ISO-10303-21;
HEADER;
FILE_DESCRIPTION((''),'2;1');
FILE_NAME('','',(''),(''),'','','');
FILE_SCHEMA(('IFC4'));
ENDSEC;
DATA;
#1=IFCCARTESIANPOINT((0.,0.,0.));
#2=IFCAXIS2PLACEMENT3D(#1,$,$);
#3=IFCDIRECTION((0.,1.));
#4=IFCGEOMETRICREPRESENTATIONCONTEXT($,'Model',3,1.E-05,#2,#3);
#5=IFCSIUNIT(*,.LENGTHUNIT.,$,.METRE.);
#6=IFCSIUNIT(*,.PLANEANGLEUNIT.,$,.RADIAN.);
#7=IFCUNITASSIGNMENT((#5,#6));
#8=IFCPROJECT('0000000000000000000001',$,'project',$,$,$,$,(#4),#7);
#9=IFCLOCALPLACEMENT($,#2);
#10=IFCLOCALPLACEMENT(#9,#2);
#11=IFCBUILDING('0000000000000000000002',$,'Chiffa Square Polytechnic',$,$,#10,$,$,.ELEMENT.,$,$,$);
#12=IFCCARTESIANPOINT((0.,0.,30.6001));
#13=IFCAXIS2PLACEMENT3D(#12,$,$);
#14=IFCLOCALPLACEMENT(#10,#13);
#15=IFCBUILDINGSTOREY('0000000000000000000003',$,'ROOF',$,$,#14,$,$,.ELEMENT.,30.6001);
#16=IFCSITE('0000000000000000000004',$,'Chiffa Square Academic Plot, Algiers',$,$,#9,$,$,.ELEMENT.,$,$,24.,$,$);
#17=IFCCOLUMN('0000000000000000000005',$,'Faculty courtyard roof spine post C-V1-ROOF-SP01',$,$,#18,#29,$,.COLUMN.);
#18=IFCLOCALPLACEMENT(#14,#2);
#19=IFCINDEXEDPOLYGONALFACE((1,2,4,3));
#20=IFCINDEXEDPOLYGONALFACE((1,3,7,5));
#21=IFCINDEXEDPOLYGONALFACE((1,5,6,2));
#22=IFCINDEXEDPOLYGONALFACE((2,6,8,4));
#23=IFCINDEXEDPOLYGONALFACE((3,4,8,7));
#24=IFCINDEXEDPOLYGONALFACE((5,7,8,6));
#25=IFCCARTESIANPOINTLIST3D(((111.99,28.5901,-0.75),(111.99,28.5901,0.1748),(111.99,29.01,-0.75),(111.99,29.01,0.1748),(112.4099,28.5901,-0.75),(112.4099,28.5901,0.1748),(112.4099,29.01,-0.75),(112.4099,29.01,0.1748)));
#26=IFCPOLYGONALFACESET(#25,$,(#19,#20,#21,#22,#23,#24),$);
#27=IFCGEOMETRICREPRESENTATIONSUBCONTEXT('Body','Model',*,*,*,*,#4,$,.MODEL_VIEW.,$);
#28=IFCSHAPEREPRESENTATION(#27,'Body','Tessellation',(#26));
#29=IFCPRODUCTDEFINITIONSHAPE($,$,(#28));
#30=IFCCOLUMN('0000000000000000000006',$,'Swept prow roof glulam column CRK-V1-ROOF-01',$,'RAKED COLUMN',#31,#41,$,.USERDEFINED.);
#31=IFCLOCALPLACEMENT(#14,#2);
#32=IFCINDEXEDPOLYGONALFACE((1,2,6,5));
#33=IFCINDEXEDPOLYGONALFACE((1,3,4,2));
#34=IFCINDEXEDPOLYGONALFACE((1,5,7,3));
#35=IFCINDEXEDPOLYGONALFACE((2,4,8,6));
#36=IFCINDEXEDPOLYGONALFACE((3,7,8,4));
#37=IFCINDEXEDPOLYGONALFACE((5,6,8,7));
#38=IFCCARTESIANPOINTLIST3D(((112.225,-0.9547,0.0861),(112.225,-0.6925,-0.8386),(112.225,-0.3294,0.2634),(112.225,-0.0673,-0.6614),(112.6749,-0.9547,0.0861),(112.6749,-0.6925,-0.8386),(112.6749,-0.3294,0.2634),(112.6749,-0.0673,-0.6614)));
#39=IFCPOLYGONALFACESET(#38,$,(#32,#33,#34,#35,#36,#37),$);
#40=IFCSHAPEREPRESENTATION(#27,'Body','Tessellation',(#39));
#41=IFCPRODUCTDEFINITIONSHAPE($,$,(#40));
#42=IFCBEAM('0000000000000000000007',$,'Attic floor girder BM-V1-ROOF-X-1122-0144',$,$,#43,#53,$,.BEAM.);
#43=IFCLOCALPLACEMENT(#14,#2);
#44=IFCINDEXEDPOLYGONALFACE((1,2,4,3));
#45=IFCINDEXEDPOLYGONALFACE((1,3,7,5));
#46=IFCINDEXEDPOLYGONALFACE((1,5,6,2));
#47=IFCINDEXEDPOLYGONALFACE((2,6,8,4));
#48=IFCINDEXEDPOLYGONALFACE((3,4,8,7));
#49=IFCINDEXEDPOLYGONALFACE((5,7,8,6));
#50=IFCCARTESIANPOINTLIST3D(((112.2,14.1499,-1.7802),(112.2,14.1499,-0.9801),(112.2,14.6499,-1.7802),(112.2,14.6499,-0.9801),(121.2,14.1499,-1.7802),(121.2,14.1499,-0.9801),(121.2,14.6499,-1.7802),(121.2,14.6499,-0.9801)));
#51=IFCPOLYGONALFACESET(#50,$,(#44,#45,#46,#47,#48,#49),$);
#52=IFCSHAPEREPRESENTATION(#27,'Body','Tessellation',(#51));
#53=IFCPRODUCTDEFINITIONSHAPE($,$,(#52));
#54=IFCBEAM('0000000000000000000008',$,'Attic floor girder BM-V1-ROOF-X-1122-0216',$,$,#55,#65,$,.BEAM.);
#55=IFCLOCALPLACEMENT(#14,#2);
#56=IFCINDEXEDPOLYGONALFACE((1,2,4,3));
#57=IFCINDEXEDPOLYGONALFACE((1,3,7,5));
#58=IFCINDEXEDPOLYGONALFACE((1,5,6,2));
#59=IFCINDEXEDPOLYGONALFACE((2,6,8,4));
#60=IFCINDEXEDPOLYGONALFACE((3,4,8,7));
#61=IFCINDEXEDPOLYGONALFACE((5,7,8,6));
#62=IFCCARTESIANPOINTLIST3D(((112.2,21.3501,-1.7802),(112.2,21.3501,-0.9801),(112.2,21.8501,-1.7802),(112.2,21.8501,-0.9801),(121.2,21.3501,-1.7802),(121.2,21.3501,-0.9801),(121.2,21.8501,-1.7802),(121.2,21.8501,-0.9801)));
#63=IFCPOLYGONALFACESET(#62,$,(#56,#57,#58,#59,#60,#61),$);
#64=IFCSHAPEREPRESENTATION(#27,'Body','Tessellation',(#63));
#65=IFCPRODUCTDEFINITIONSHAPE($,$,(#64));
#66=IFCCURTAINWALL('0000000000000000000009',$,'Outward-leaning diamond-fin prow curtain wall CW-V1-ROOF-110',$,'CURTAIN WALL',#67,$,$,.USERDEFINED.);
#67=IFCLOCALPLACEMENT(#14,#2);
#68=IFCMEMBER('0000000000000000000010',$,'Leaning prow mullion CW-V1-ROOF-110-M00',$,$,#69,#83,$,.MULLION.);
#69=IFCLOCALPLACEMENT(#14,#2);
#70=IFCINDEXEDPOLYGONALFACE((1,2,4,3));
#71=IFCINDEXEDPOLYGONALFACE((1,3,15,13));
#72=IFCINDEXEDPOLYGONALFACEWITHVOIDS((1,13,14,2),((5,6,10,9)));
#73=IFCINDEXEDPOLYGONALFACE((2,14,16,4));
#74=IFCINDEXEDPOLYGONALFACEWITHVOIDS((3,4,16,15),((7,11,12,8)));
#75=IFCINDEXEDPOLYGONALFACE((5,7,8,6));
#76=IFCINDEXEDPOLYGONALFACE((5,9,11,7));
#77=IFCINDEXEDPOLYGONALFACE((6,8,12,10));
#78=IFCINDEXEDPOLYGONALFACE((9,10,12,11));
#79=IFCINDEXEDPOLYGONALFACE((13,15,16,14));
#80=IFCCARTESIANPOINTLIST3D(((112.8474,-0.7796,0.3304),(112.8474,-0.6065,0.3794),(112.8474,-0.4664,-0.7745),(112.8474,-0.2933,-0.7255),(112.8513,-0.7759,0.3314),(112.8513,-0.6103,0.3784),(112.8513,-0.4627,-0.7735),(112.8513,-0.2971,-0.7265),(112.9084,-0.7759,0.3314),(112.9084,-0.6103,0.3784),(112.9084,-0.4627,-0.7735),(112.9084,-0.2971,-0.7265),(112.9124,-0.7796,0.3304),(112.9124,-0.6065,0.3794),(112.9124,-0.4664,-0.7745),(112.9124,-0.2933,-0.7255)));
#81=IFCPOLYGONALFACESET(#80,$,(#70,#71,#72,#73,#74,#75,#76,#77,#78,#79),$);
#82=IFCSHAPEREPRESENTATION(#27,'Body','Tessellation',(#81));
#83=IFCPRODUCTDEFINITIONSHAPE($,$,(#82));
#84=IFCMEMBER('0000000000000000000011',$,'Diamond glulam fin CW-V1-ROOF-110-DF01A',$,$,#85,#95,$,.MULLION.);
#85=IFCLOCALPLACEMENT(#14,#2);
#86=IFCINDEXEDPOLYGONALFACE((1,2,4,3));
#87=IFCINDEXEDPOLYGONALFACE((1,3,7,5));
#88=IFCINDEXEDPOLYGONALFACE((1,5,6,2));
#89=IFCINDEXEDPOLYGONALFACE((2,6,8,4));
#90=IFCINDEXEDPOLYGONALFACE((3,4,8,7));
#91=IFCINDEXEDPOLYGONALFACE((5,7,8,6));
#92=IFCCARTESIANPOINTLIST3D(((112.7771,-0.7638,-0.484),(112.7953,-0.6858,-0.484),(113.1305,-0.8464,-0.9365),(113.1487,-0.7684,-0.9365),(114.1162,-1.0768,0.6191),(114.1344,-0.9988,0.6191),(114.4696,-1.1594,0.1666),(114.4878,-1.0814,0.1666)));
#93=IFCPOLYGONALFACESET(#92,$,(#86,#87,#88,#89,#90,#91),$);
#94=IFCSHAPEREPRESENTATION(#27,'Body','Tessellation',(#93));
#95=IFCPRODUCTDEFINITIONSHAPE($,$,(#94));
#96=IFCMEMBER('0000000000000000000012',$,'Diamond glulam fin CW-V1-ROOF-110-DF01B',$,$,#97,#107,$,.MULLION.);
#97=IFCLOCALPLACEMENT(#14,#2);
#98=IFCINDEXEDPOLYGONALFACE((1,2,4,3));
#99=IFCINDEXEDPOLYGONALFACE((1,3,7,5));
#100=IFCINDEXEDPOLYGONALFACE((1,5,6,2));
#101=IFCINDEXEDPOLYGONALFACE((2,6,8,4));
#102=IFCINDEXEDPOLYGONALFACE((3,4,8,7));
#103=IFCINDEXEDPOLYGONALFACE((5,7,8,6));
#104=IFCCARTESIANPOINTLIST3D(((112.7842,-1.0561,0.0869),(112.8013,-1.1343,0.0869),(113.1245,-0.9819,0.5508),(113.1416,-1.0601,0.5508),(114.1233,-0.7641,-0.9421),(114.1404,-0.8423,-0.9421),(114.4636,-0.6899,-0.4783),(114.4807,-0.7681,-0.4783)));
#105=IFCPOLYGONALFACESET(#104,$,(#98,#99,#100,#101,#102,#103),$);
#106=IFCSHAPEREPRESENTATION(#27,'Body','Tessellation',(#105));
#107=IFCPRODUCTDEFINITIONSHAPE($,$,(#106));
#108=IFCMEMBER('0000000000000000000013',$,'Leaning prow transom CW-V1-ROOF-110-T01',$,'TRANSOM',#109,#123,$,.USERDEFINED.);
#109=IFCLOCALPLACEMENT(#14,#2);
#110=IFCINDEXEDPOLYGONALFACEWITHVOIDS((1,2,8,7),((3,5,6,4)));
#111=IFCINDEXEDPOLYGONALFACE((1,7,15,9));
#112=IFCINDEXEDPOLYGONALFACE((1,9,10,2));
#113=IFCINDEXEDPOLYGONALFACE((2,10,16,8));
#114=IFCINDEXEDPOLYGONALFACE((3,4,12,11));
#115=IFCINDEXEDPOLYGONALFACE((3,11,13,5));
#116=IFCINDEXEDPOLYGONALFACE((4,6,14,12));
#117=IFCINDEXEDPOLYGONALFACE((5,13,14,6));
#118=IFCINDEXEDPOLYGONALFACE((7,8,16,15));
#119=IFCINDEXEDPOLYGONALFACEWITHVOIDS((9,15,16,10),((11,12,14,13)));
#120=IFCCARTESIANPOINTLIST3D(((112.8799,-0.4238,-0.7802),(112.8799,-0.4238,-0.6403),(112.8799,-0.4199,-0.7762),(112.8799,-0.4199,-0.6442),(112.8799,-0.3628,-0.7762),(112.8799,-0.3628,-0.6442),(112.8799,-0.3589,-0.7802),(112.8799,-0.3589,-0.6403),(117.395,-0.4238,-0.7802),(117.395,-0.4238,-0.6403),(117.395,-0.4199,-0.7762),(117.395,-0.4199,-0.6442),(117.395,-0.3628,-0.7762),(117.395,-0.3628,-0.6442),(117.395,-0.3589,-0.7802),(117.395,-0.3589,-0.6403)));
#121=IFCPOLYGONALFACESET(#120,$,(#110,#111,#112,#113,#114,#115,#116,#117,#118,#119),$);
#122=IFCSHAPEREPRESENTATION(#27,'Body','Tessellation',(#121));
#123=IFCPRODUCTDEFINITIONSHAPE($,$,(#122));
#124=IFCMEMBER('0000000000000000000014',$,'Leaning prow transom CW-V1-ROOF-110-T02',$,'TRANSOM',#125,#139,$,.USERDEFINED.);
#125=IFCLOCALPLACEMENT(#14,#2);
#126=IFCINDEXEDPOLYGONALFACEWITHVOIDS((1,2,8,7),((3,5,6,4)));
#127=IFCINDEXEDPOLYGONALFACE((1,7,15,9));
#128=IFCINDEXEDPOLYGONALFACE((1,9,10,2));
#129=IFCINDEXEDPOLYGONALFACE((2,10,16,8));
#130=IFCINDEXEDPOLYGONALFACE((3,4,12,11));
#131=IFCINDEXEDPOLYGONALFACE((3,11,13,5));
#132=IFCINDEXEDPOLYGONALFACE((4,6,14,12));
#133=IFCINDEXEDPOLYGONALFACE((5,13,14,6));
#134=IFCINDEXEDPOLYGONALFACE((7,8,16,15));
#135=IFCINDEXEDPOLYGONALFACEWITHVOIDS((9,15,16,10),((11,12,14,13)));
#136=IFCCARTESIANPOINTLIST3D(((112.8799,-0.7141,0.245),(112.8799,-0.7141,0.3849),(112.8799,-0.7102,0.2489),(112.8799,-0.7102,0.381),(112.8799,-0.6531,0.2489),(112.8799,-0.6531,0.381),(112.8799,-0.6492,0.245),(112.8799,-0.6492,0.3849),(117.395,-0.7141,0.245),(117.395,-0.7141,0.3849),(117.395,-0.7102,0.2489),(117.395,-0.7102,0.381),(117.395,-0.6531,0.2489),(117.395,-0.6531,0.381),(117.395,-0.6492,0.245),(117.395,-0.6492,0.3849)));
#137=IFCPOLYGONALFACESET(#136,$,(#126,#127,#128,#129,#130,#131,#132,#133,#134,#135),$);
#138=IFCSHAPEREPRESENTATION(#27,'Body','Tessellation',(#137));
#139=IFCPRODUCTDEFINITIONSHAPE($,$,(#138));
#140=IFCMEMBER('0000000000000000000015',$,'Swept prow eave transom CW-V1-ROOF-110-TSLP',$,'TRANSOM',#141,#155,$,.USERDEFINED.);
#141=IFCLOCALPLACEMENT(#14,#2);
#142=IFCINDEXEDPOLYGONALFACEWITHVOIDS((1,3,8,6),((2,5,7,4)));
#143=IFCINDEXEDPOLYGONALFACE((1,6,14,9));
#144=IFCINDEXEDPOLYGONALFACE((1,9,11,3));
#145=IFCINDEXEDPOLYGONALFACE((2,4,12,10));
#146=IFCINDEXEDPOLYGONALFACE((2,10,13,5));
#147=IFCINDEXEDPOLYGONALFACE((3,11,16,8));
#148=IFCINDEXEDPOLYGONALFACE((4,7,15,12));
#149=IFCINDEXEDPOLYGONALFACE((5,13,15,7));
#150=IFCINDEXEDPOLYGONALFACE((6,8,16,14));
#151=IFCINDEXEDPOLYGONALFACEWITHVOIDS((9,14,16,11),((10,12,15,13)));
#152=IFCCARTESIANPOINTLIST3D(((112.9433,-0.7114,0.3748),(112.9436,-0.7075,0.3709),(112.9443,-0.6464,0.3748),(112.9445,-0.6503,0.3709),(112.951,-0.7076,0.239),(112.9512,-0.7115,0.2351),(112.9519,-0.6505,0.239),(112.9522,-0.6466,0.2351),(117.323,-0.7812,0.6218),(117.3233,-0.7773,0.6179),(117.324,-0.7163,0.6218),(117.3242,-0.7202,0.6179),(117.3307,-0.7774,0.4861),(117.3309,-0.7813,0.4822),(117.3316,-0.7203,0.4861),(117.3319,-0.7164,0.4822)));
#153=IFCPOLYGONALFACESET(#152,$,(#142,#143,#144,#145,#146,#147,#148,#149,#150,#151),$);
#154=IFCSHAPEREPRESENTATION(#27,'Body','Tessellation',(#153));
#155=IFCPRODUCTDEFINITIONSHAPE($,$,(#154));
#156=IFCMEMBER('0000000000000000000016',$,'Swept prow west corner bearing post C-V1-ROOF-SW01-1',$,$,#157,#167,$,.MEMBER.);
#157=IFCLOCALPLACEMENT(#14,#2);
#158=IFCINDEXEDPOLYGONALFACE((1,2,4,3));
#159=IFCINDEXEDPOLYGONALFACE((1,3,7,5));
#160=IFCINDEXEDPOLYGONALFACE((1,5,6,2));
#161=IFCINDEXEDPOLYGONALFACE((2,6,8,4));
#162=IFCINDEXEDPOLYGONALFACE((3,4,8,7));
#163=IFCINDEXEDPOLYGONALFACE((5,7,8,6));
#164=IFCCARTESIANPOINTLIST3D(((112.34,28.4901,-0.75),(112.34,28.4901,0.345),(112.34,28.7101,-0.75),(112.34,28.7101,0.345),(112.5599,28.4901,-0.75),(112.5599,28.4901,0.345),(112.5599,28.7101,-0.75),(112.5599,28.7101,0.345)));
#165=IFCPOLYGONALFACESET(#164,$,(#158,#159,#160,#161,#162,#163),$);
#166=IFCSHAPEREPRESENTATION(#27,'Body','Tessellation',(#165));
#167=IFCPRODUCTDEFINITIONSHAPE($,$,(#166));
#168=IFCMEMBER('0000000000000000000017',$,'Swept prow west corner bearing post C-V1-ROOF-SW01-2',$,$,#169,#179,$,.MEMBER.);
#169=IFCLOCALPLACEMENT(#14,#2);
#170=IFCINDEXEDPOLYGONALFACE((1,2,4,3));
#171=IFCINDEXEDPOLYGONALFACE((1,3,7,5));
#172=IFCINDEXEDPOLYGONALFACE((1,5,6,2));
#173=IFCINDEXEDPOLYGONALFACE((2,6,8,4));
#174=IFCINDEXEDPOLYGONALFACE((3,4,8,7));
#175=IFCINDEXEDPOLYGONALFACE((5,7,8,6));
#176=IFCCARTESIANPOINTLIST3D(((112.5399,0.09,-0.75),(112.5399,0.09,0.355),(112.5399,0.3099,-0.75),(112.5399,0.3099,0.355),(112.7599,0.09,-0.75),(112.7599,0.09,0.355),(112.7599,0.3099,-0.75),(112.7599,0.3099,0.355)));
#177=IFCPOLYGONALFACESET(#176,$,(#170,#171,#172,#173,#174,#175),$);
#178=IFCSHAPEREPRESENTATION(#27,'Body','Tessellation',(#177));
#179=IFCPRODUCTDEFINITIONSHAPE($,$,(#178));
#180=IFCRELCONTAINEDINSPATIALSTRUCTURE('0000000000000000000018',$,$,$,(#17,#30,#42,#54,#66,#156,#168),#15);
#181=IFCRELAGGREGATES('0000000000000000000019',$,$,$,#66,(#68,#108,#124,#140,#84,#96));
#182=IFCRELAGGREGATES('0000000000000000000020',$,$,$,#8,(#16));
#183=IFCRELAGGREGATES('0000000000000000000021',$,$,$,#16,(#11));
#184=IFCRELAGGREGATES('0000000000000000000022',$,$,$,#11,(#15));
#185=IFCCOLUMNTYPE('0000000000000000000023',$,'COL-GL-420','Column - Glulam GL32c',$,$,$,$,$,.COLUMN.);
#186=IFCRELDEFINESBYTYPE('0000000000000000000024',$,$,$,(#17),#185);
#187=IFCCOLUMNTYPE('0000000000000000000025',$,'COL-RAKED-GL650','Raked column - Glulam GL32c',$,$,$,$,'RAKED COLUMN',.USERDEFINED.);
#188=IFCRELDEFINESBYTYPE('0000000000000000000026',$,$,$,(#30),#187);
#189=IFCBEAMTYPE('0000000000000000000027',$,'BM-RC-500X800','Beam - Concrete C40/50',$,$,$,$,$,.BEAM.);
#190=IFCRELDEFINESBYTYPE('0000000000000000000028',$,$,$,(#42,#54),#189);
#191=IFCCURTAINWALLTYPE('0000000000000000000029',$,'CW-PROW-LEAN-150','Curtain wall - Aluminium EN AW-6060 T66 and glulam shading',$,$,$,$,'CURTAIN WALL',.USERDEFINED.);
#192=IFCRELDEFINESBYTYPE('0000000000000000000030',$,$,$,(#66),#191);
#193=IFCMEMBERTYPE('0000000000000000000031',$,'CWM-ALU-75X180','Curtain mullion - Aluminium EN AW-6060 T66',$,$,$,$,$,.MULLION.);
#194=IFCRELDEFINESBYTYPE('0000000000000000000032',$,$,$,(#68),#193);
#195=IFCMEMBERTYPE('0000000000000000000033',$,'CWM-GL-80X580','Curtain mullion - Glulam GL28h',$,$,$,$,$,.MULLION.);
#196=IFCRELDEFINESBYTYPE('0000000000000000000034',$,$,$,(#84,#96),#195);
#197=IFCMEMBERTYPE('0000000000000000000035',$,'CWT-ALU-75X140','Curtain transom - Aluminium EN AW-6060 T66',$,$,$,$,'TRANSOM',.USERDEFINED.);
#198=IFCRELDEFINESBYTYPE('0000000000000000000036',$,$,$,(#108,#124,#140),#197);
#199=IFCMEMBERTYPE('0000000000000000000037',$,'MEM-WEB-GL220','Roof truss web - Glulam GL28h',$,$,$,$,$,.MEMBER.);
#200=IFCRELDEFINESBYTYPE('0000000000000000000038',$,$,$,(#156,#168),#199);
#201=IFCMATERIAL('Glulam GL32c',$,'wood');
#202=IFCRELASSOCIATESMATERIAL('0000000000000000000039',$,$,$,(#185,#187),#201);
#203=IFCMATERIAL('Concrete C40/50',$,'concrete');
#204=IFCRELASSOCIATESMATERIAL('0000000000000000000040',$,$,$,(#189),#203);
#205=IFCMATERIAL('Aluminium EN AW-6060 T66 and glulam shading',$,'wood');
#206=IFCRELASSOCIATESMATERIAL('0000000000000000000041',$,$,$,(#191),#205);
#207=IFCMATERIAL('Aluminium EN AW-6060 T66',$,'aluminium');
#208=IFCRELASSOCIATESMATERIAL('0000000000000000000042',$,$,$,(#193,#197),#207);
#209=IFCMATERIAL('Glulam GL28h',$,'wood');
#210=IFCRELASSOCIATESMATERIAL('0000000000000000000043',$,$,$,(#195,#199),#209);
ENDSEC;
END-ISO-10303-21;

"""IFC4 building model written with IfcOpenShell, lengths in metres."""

from ifc_helpers import new_model, si_unit, direction, frame, origin, origin_2d, place, context, subcontext, project, spatial, rectangle, hollow_rectangle, extrude, material, material_profile, profile_set, type_object, element, aggregate, save


model = new_model("IFC4")

# Units and contexts
model_context = context("Model", 3, precision=1e-05, world=origin(), true_north=direction((0.0, 1.0)))
body_context = subcontext(model_context, "Body", "Model", "MODEL_VIEW")
ifc_project = project(units=[si_unit("LENGTHUNIT", "METRE"), si_unit("PLANEANGLEUNIT", "RADIAN")], contexts=[model_context])

# Site, building, storey
site_placement = place(None, origin())
site = spatial("IfcSite", under=ifc_project, at=site_placement, Name="Chiffa Square Academic Plot, Algiers", CompositionType="ELEMENT", RefElevation=24.0)
building_placement = place(site_placement, origin())
building = spatial("IfcBuilding", under=site, at=building_placement, Name="Chiffa Square Polytechnic", CompositionType="ELEMENT")
storey_placement = place(building_placement, frame((0.0, 0.0, 30.6001)))
storey = spatial("IfcBuildingStorey", under=building, at=storey_placement, Name="ROOF", CompositionType="ELEMENT", Elevation=30.6001)

# Columns
ifc_material_1 = material(Name="Glulam GL32c", Category="wood")
ifc_material_profile_1 = material_profile(ifc_material_1, rectangle(XDim=0.4199, YDim=0.4199, at=origin_2d()), Name="GL32c 420x420")
ifc_profile_set_1 = profile_set([ifc_material_profile_1], Name="Glulam GL32c")
column_type_1 = type_object("IfcColumnType", Name="COL-GL-420", Description="Column - Glulam GL32c", PredefinedType="COLUMN", material=ifc_profile_set_1)
column_1_placement = place(storey_placement, frame((112.2, 28.8, -0.75), z_axis=(0.0, 0.0, 1.0), x_axis=(1.0, 0.0, 0.0)))
element("IfcColumn", 1, at=column_1_placement, inside=storey, type_object=column_type_1, Name="Faculty courtyard roof spine post C-V1-ROOF-SP01", PredefinedType="COLUMN", context=body_context, shape_type="SweptSolid", body=[
    extrude(rectangle(XDim=0.4199, YDim=0.4199, at=origin_2d()), origin(), (0.0, 0.0, 1.0), 0.9248),
])
ifc_material_profile_2 = material_profile(ifc_material_1, rectangle(XDim=0.45, YDim=0.6499, at=origin_2d()), Name="GL32c 450x650")
ifc_profile_set_2 = profile_set([ifc_material_profile_2], Name="Glulam GL32c")
column_type_2 = type_object("IfcColumnType", Name="COL-RAKED-GL650", Description="Raked column - Glulam GL32c", ElementType="RAKED COLUMN", PredefinedType="USERDEFINED", material=ifc_profile_set_2)
column_2_placement = place(storey_placement, frame((112.45, -0.3799, -0.75), z_axis=(0.0, -0.272775, 0.962078), x_axis=(1.0, 0.0, 0.0)))
element("IfcColumn", 2, at=column_2_placement, inside=storey, type_object=column_type_2, Name="Swept prow roof glulam column CRK-V1-ROOF-01", ObjectType="RAKED COLUMN", PredefinedType="USERDEFINED", context=body_context, shape_type="SweptSolid", body=[
    extrude(rectangle(XDim=0.45, YDim=0.6499, at=origin_2d()), origin(), (0.0, 0.0, 1.0), 0.9612),
])

# Beams
ifc_material_2 = material(Name="Concrete C40/50", Category="concrete")
ifc_material_profile_3 = material_profile(ifc_material_2, rectangle(XDim=0.5, YDim=0.8, at=origin_2d()), Name="RC 500x800")
ifc_profile_set_3 = profile_set([ifc_material_profile_3], Name="Concrete C40/50")
beam_type_1 = type_object("IfcBeamType", Name="BM-RC-500X800", Description="Beam - Concrete C40/50", PredefinedType="BEAM", material=ifc_profile_set_3)
for number, where, z_axis, x_axis, name in (
    (3, (112.2, 14.3999, -1.3801), (1.0, 0.0, 0.0), (0.0, 1.0, 0.0), "Attic floor girder BM-V1-ROOF-X-1122-0144"),
    (4, (112.2, 21.6001, -1.3801), (1.0, 0.0, 0.0), (0.0, 1.0, 0.0), "Attic floor girder BM-V1-ROOF-X-1122-0216"),
):
    element("IfcBeam", number, at=place(storey_placement, frame(where, z_axis=z_axis, x_axis=x_axis)), inside=storey, type_object=beam_type_1, Name=name, PredefinedType="BEAM", context=body_context, shape_type="SweptSolid", body=[
        extrude(rectangle(XDim=0.5, YDim=0.8, at=origin_2d()), origin(), (0.0, 0.0, 1.0), 9.0),
    ])

# Curtain wall, members
ifc_material_3 = material(Name="Aluminium EN AW-6060 T66 and glulam shading", Category="wood")
curtain_wall_type = type_object("IfcCurtainWallType", Name="CW-PROW-LEAN-150", Description="Curtain wall - Aluminium EN AW-6060 T66 and glulam shading", ElementType="CURTAIN WALL", PredefinedType="USERDEFINED", material=ifc_material_3)
curtain_wall_placement = place(storey_placement, origin())
curtain_wall = element("IfcCurtainWall", 5, at=curtain_wall_placement, inside=storey, type_object=curtain_wall_type, Name="Outward-leaning diamond-fin prow curtain wall CW-V1-ROOF-110", ObjectType="CURTAIN WALL", PredefinedType="USERDEFINED")
ifc_material_4 = material(Name="Aluminium EN AW-6060 T66", Category="aluminium")
ifc_material_profile_4 = material_profile(ifc_material_4, hollow_rectangle(XDim=0.0649, YDim=0.1799, WallThickness=0.0039, at=origin_2d()), Name="ALU 65x180x4")
ifc_profile_set_4 = profile_set([ifc_material_profile_4], Name="Aluminium EN AW-6060 T66")
member_type_1 = type_object("IfcMemberType", Name="CWM-ALU-75X180", Description="Curtain mullion - Aluminium EN AW-6060 T66", PredefinedType="MULLION", material=ifc_profile_set_4)
member_1_placement = place(storey_placement, frame((112.8799, -0.3799, -0.75), z_axis=(0.0, -0.272727, 0.962091), x_axis=(1.0, 0.0, 0.0)))
member_1 = element("IfcMember", 6, at=member_1_placement, type_object=member_type_1, Name="Leaning prow mullion CW-V1-ROOF-110-M00", PredefinedType="MULLION", context=body_context, shape_type="SweptSolid", body=[
    extrude(hollow_rectangle(XDim=0.0649, YDim=0.1799, WallThickness=0.0039, at=origin_2d()), origin(), (0.0, 0.0, 1.0), 1.1484),
])
ifc_material_5 = material(Name="Glulam GL28h", Category="wood")
ifc_material_profile_5 = material_profile(ifc_material_5, rectangle(XDim=0.0801, YDim=0.5801, at=origin_2d()), Name="GL28h 80x580")
ifc_profile_set_5 = profile_set([ifc_material_profile_5], Name="Glulam GL28h")
member_type_2 = type_object("IfcMemberType", Name="CWM-GL-80X580", Description="Curtain mullion - Glulam GL28h", PredefinedType="MULLION", material=ifc_profile_set_5)
member_2_placement = place(storey_placement, frame((112.9629, -0.7661, -0.7102), z_axis=(0.759603, -0.177541, 0.625686), x_axis=(0.227594, 0.973756, 0.0)))
member_2 = element("IfcMember", 7, at=member_2_placement, type_object=member_type_2, Name="Diamond glulam fin CW-V1-ROOF-110-DF01A", PredefinedType="MULLION", context=body_context, shape_type="SweptSolid", body=[
    extrude(rectangle(XDim=0.0801, YDim=0.5801, at=origin_2d()), origin(), (0.0, 0.0, 1.0), 1.7629),
])
member_3_placement = place(storey_placement, frame((114.302, -0.7661, -0.7102), z_axis=(-0.781327, -0.170368, 0.600418), x_axis=(0.213043, -0.977043, 0.0)))
member_3 = element("IfcMember", 8, at=member_3_placement, type_object=member_type_2, Name="Diamond glulam fin CW-V1-ROOF-110-DF01B", PredefinedType="MULLION", context=body_context, shape_type="SweptSolid", body=[
    extrude(rectangle(XDim=0.0801, YDim=0.5801, at=origin_2d()), origin(), (0.0, 0.0, 1.0), 1.7139),
])
ifc_material_profile_6 = material_profile(ifc_material_4, hollow_rectangle(XDim=0.0649, YDim=0.1399, WallThickness=0.0039, at=origin_2d()), Name="ALU 65x140x4")
ifc_profile_set_6 = profile_set([ifc_material_profile_6], Name="Aluminium EN AW-6060 T66")
member_type_3 = type_object("IfcMemberType", Name="CWT-ALU-75X140", Description="Curtain transom - Aluminium EN AW-6060 T66", ElementType="TRANSOM", PredefinedType="USERDEFINED", material=ifc_profile_set_6)
member_4_placement = place(storey_placement, frame((112.8799, -0.3914, -0.7102), z_axis=(1.0, 0.0, 0.0), x_axis=(0.0, 1.0, 0.0)))
member_4 = element("IfcMember", 9, at=member_4_placement, type_object=member_type_3, Name="Leaning prow transom CW-V1-ROOF-110-T01", ObjectType="TRANSOM", PredefinedType="USERDEFINED", context=body_context, shape_type="SweptSolid", body=[
    extrude(hollow_rectangle(XDim=0.0649, YDim=0.1399, WallThickness=0.0039, at=origin_2d()), origin(), (0.0, 0.0, 1.0), 4.5151),
])
member_5_placement = place(storey_placement, frame((112.8799, -0.6816, 0.3149), z_axis=(1.0, 0.0, 0.0), x_axis=(0.0, 1.0, 0.0)))
member_5 = element("IfcMember", 10, at=member_5_placement, type_object=member_type_3, Name="Leaning prow transom CW-V1-ROOF-110-T02", ObjectType="TRANSOM", PredefinedType="USERDEFINED", context=body_context, shape_type="SweptSolid", body=[
    extrude(hollow_rectangle(XDim=0.0649, YDim=0.1399, WallThickness=0.0039, at=origin_2d()), origin(), (0.0, 0.0, 1.0), 4.5151),
])
member_6_placement = place(storey_placement, frame((112.9478, -0.679, 0.3049), z_axis=(0.998286, -0.015916, 0.056317), x_axis=(0.015941, 0.999873, 0.0)))
member_6 = element("IfcMember", 11, at=member_6_placement, type_object=member_type_3, Name="Swept prow eave transom CW-V1-ROOF-110-TSLP", ObjectType="TRANSOM", PredefinedType="USERDEFINED", context=body_context, shape_type="SweptSolid", body=[
    extrude(hollow_rectangle(XDim=0.0649, YDim=0.1399, WallThickness=0.0039, at=origin_2d()), origin(), (0.0, 0.0, 1.0), 4.3872),
])

# Members
ifc_material_profile_7 = material_profile(ifc_material_5, rectangle(XDim=0.22, YDim=0.22, at=origin_2d()), Name="GL28h 220x220")
ifc_profile_set_7 = profile_set([ifc_material_profile_7], Name="Glulam GL28h")
member_type_4 = type_object("IfcMemberType", Name="MEM-WEB-GL220", Description="Roof truss web - Glulam GL28h", PredefinedType="MEMBER", material=ifc_profile_set_7)
member_7_placement = place(storey_placement, frame((112.45, 28.6001, -0.75), z_axis=(0.0, 0.0, 1.0), x_axis=(1.0, 0.0, 0.0)))
element("IfcMember", 12, at=member_7_placement, inside=storey, type_object=member_type_4, Name="Swept prow west corner bearing post C-V1-ROOF-SW01-1", PredefinedType="MEMBER", context=body_context, shape_type="SweptSolid", body=[
    extrude(rectangle(XDim=0.22, YDim=0.22, at=origin_2d()), origin(), (0.0, 0.0, 1.0), 1.095),
])
member_8_placement = place(storey_placement, frame((112.6499, 0.2, -0.75), z_axis=(0.0, 0.0, 1.0), x_axis=(1.0, 0.0, 0.0)))
element("IfcMember", 13, at=member_8_placement, inside=storey, type_object=member_type_4, Name="Swept prow west corner bearing post C-V1-ROOF-SW01-2", PredefinedType="MEMBER", context=body_context, shape_type="SweptSolid", body=[
    extrude(rectangle(XDim=0.22, YDim=0.22, at=origin_2d()), origin(), (0.0, 0.0, 1.0), 1.105),
])

aggregate(curtain_wall, [member_1, member_4, member_5, member_6, member_2, member_3])

save(model, "model.ifc")
